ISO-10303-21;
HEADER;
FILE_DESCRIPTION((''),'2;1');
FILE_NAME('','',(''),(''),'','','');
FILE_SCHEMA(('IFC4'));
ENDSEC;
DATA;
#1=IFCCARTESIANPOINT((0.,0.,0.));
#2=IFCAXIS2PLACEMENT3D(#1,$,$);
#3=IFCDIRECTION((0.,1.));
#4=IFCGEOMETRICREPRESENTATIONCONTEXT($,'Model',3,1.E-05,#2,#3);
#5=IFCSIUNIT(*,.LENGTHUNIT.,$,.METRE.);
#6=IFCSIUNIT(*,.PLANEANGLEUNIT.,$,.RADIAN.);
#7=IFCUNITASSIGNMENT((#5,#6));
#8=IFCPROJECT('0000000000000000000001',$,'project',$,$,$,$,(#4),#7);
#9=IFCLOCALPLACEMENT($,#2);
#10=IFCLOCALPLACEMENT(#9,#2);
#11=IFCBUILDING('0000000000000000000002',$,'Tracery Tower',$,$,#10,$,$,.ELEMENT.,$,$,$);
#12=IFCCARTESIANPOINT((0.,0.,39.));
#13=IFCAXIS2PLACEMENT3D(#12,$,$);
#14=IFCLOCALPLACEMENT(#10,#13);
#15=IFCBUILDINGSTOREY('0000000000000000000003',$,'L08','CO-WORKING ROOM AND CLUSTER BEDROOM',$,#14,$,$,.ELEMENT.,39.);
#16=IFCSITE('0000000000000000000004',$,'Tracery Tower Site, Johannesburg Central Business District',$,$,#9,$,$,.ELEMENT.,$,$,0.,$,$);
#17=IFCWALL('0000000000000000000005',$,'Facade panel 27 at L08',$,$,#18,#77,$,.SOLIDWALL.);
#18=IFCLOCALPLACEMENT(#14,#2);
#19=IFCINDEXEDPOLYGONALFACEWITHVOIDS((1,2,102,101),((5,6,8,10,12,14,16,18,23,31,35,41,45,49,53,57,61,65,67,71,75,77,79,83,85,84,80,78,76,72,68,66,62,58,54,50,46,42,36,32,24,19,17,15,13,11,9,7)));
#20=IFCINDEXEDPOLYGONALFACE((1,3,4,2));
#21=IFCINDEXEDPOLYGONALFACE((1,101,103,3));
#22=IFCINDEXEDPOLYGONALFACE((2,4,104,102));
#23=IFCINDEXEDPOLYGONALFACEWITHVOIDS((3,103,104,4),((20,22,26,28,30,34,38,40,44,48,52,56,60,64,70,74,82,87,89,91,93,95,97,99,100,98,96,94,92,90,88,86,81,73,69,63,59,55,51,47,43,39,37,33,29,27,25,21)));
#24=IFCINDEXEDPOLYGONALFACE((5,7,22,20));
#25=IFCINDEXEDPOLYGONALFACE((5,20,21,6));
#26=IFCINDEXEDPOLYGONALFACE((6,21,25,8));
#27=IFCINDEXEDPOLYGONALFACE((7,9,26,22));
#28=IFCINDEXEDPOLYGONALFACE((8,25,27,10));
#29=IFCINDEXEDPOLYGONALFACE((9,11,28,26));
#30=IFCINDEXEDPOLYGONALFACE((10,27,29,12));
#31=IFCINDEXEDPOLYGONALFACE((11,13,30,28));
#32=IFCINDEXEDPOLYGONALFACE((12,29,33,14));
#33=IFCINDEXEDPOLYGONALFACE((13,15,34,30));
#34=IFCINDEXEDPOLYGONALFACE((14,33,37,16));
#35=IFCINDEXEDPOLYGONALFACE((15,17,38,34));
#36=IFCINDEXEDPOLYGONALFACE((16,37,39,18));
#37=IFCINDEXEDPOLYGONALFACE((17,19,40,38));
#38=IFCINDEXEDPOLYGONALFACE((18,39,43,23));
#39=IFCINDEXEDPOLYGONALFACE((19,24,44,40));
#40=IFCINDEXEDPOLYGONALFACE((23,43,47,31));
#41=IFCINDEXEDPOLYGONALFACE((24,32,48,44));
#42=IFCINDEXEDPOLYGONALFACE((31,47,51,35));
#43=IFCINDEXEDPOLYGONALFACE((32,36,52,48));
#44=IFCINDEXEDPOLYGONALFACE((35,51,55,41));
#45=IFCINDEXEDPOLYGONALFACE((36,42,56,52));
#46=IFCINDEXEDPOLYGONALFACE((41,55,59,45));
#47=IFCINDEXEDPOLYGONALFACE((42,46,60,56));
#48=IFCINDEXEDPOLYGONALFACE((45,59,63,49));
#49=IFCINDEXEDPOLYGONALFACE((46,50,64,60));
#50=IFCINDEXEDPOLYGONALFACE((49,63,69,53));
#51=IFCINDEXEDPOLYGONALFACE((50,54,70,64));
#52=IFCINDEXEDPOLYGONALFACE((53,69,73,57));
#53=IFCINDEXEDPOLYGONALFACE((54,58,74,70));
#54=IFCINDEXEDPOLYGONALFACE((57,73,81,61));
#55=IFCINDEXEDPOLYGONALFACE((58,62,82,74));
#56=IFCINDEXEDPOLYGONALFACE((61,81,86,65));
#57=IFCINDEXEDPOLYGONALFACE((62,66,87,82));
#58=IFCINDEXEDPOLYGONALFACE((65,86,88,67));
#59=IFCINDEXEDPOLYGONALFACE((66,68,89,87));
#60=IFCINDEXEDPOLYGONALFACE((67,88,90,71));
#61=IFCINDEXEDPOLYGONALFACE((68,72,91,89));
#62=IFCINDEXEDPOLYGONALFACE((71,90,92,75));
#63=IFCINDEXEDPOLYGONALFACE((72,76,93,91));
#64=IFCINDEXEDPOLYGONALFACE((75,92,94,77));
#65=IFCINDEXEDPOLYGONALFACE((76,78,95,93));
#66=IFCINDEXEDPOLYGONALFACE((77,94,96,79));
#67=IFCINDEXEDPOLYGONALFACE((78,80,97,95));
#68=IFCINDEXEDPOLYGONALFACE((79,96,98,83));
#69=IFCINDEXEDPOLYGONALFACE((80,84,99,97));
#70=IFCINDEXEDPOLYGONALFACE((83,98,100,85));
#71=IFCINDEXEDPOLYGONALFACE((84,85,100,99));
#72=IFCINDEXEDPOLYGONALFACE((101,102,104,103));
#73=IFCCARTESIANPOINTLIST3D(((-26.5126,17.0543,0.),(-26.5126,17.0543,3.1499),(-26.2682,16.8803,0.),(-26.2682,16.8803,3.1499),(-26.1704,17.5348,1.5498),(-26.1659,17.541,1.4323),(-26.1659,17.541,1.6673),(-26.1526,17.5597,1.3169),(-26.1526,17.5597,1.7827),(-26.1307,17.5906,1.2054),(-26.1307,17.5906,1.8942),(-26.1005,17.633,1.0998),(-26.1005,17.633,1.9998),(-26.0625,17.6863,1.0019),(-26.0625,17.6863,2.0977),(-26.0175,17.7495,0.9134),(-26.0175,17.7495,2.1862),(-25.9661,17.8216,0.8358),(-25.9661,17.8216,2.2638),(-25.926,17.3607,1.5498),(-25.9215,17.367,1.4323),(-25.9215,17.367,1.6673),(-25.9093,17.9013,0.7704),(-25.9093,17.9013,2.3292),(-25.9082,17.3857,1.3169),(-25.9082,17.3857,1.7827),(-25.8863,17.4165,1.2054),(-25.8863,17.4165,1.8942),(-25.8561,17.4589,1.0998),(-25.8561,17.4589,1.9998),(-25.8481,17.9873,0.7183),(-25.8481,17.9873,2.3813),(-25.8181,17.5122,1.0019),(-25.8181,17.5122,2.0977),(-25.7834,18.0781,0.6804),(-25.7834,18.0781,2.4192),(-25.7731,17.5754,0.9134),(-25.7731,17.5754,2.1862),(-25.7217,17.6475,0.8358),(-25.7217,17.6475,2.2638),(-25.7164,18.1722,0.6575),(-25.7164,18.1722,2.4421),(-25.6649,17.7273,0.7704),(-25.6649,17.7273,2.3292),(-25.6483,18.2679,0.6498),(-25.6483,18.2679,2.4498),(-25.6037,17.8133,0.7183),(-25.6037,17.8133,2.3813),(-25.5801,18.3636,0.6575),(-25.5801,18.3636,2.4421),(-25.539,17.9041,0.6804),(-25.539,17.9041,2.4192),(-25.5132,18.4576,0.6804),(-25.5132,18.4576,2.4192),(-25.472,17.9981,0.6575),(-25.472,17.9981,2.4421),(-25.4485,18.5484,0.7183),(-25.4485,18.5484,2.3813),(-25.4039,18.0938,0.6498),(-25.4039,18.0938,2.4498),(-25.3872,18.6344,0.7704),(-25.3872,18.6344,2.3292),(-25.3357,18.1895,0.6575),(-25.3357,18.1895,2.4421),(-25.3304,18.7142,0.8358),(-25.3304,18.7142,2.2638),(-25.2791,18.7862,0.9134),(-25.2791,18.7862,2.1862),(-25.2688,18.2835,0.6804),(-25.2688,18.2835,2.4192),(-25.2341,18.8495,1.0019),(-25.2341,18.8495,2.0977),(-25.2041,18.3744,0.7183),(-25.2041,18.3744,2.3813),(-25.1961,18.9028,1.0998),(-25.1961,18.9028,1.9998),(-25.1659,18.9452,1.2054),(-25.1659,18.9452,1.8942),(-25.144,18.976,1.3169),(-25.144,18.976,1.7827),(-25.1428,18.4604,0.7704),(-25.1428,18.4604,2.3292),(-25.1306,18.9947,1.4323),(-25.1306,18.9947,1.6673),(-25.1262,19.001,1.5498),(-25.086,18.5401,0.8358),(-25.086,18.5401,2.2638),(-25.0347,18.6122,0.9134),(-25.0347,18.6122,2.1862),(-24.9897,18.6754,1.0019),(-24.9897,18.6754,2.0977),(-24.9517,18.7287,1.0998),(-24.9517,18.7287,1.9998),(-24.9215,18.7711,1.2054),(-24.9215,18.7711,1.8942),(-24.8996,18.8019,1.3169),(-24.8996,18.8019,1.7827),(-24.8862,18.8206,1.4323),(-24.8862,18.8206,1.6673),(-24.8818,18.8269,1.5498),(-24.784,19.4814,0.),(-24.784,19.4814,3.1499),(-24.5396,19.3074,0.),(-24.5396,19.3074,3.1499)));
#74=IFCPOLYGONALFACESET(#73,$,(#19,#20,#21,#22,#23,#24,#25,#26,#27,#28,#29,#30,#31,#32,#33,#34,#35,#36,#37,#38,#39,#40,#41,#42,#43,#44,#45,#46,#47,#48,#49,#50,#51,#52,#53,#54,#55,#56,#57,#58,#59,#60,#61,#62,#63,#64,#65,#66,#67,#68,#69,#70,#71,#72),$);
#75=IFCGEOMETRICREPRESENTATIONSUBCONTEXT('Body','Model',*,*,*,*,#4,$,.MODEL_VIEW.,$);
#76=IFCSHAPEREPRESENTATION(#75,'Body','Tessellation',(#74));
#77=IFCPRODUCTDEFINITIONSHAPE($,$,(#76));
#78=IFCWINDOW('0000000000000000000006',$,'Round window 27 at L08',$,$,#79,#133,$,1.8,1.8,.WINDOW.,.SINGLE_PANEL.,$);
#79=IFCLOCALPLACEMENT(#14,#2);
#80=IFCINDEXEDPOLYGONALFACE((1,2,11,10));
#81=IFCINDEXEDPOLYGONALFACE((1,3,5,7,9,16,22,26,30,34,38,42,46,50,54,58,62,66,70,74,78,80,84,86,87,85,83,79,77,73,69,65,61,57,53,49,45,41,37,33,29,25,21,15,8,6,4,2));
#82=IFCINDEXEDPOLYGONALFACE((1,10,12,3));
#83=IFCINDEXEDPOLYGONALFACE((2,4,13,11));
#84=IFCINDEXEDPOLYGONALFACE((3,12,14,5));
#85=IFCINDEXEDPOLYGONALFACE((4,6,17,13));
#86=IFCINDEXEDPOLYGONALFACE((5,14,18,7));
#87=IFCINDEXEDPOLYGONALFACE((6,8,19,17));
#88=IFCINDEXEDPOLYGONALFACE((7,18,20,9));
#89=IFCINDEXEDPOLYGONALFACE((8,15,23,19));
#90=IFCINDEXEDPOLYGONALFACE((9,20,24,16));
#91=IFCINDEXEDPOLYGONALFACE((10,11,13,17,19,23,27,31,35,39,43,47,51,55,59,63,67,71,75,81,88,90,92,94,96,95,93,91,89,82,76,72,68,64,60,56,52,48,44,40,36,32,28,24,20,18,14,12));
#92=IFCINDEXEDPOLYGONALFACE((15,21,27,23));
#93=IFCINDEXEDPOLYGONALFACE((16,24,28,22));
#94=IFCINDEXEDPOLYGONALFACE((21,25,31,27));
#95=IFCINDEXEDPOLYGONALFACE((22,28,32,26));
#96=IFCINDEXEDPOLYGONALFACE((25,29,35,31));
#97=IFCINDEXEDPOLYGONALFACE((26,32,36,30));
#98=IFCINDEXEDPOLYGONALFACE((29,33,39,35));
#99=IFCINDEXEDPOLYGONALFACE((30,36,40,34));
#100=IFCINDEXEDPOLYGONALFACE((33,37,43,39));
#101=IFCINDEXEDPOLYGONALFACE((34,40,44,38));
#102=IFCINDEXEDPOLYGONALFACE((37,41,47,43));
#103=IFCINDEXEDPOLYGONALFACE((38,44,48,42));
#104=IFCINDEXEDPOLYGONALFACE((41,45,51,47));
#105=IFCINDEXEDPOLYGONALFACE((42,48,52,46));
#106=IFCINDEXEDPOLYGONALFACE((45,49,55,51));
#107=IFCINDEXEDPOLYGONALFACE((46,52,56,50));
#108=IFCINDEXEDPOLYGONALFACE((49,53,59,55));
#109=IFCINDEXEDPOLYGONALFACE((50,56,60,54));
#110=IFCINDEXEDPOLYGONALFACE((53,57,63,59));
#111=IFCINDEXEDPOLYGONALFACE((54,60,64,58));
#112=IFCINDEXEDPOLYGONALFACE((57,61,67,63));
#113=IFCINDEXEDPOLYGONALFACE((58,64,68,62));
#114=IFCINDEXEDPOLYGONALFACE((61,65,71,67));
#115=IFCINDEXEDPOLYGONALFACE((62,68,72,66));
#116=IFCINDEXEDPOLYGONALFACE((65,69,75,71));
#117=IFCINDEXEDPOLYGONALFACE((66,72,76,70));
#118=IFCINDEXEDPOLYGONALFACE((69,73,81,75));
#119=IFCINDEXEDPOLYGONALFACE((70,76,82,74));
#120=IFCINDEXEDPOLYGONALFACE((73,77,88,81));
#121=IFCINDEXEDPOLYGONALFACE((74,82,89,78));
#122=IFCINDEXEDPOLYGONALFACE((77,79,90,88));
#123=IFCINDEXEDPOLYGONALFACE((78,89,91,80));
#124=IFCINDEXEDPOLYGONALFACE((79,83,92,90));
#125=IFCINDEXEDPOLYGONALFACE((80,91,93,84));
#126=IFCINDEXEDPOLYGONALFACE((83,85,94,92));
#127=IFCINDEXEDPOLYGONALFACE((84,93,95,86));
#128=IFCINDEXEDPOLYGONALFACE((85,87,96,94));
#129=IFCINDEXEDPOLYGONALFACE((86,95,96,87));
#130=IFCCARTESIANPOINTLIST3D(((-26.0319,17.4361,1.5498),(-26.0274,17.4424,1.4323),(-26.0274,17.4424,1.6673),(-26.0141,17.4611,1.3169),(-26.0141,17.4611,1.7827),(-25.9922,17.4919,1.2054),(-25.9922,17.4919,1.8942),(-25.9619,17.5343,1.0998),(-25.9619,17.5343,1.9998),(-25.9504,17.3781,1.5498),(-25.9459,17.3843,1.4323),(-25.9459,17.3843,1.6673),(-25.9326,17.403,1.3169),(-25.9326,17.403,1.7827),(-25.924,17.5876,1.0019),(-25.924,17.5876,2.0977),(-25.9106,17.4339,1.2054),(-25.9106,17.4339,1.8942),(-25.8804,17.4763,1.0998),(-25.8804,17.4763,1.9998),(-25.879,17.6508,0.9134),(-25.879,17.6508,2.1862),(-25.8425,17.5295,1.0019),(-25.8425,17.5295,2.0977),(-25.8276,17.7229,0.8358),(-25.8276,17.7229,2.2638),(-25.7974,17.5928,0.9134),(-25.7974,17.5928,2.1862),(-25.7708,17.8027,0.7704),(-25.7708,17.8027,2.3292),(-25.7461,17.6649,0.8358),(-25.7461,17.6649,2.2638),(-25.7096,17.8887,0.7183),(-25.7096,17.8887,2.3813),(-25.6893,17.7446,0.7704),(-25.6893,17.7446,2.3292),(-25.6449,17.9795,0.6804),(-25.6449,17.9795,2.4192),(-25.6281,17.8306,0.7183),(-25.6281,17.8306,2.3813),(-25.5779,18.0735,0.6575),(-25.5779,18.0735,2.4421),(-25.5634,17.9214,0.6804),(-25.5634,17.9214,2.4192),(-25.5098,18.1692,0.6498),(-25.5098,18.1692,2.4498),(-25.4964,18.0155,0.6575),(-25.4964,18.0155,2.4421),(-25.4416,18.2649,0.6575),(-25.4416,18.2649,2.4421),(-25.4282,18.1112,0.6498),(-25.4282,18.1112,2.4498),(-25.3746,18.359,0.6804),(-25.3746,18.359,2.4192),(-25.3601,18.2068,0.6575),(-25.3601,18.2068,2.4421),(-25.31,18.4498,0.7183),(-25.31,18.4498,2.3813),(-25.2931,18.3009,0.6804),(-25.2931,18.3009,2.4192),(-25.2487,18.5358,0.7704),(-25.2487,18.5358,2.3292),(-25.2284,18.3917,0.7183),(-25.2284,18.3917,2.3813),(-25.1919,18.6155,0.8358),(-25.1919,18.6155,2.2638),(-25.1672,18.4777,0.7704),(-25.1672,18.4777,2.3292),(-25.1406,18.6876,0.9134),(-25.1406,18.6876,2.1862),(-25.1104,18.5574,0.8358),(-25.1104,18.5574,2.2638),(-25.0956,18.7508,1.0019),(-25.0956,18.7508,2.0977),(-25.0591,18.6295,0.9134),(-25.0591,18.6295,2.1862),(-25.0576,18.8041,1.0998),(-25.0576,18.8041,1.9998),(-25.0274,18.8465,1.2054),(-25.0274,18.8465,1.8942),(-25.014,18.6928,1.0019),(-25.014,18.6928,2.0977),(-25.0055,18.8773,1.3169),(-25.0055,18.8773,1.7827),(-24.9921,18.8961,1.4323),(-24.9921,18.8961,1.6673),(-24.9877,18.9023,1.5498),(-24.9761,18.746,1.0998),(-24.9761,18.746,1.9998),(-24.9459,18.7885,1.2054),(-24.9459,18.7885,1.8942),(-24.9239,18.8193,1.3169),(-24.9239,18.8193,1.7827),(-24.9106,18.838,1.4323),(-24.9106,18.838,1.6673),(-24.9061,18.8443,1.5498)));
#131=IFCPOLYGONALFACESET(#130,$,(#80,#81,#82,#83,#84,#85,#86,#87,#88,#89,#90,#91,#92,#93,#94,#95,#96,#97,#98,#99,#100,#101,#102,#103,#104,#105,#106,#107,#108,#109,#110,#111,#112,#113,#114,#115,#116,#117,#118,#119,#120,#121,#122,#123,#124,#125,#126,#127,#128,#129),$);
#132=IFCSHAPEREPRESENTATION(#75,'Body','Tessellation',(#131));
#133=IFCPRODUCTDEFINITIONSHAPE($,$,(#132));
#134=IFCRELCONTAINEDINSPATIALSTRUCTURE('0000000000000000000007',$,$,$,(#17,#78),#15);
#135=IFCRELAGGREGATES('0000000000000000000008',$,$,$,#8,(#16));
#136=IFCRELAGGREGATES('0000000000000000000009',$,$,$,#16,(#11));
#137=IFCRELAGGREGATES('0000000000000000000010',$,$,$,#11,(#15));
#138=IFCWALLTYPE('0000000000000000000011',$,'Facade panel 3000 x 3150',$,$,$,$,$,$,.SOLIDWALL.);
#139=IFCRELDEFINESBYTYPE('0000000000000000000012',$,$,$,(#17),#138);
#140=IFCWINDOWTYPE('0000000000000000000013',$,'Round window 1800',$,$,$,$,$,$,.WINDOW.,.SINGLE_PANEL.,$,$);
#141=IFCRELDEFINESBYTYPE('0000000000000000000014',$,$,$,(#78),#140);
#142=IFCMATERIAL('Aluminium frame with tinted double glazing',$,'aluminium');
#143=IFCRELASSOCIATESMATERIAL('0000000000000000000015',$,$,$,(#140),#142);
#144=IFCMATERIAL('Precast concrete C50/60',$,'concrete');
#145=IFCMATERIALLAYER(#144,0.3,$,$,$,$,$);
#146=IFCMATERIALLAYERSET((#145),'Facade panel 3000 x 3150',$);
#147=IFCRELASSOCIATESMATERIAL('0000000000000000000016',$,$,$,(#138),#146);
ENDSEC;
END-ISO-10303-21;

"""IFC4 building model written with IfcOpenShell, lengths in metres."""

from ifc_helpers import new_model, si_unit, direction, frame, frame_2d, origin, origin_2d, place, context, subcontext, project, spatial, rectangle, circle, extrude, material, layer, layer_set, type_object, element, fill, save


model = new_model("IFC4")

# Units and contexts
model_context = context("Model", 3, precision=1e-05, world=origin(), true_north=direction((0.0, 1.0)))
body_context = subcontext(model_context, "Body", "Model", "MODEL_VIEW")
ifc_project = project(units=[si_unit("LENGTHUNIT", "METRE"), si_unit("PLANEANGLEUNIT", "RADIAN")], contexts=[model_context])

# Site, building, storey
site_placement = place(None, origin())
site = spatial("IfcSite", under=ifc_project, at=site_placement, Name="Tracery Tower Site, Johannesburg Central Business District", CompositionType="ELEMENT", RefElevation=0.0)
building_placement = place(site_placement, origin())
building = spatial("IfcBuilding", under=site, at=building_placement, Name="Tracery Tower", CompositionType="ELEMENT")
storey_placement = place(building_placement, frame((0.0, 0.0, 39.0)))
storey = spatial("IfcBuildingStorey", under=building, at=storey_placement, Name="L08", Description="CO-WORKING ROOM AND CLUSTER BEDROOM", CompositionType="ELEMENT", Elevation=39.0)

# Wall, opening, window
ifc_material_1 = material(Name="Aluminium frame with tinted double glazing", Category="aluminium")
window_type = type_object("IfcWindowType", Name="Round window 1800", PartitioningType="SINGLE_PANEL", PredefinedType="WINDOW", material=ifc_material_1)
ifc_material_2 = material(Name="Precast concrete C50/60", Category="concrete")
ifc_layer_1 = layer(ifc_material_2, 0.3)
ifc_layer_set_1 = layer_set([ifc_layer_1], Name="Facade panel 3000 x 3150")
wall_type_1 = type_object("IfcWallType", Name="Facade panel 3000 x 3150", PredefinedType="SOLIDWALL", material=ifc_layer_set_1)
wall_1_placement = place(storey_placement, frame((-24.6619, 19.3943, 0.0), z_axis=(0.0, 0.0, 1.0), x_axis=(-0.580114, -0.814535, 0.0)))
wall_1 = element("IfcWall", 1, at=wall_1_placement, inside=storey, type_object=wall_type_1, Name="Facade panel 27 at L08", PredefinedType="SOLIDWALL", context=body_context, shape_type="SweptSolid", body=[
    extrude(rectangle(XDim=2.9797, YDim=0.3, at=frame_2d((1.4897, 0.0))), origin(), (0.0, 0.0, 1.0), 3.1499),
])
opening_1_placement = place(wall_1_placement, frame((1.4897, 0.0, 1.5498)))
opening_1 = element("IfcOpeningElement", 2, at=opening_1_placement, cuts=wall_1, PredefinedType="OPENING", context=body_context, shape_type="SweptSolid", body=[
    extrude(circle(Radius=0.9, at=origin_2d()), frame((0.0, 0.1599, 0.0), z_axis=(0.0, -1.0, 0.0), x_axis=(1.0, 0.0, 0.0)), (0.0, 0.0, 1.0), 0.3201),
])
window_1_placement = place(opening_1_placement, origin())
window_1 = element("IfcWindow", 3, at=window_1_placement, inside=storey, type_object=window_type, Name="Round window 27 at L08", OverallHeight=1.8, OverallWidth=1.8, PartitioningType="SINGLE_PANEL", PredefinedType="WINDOW", context=body_context, shape_type="SweptSolid", body=[
    extrude(circle(Radius=0.9, at=origin_2d()), frame((0.0, 0.1201, 0.0), z_axis=(0.0, -1.0, 0.0), x_axis=(1.0, 0.0, 0.0)), (0.0, 0.0, 1.0), 0.1001),
])
fill(opening_1, window_1)

save(model, "model.ifc")
